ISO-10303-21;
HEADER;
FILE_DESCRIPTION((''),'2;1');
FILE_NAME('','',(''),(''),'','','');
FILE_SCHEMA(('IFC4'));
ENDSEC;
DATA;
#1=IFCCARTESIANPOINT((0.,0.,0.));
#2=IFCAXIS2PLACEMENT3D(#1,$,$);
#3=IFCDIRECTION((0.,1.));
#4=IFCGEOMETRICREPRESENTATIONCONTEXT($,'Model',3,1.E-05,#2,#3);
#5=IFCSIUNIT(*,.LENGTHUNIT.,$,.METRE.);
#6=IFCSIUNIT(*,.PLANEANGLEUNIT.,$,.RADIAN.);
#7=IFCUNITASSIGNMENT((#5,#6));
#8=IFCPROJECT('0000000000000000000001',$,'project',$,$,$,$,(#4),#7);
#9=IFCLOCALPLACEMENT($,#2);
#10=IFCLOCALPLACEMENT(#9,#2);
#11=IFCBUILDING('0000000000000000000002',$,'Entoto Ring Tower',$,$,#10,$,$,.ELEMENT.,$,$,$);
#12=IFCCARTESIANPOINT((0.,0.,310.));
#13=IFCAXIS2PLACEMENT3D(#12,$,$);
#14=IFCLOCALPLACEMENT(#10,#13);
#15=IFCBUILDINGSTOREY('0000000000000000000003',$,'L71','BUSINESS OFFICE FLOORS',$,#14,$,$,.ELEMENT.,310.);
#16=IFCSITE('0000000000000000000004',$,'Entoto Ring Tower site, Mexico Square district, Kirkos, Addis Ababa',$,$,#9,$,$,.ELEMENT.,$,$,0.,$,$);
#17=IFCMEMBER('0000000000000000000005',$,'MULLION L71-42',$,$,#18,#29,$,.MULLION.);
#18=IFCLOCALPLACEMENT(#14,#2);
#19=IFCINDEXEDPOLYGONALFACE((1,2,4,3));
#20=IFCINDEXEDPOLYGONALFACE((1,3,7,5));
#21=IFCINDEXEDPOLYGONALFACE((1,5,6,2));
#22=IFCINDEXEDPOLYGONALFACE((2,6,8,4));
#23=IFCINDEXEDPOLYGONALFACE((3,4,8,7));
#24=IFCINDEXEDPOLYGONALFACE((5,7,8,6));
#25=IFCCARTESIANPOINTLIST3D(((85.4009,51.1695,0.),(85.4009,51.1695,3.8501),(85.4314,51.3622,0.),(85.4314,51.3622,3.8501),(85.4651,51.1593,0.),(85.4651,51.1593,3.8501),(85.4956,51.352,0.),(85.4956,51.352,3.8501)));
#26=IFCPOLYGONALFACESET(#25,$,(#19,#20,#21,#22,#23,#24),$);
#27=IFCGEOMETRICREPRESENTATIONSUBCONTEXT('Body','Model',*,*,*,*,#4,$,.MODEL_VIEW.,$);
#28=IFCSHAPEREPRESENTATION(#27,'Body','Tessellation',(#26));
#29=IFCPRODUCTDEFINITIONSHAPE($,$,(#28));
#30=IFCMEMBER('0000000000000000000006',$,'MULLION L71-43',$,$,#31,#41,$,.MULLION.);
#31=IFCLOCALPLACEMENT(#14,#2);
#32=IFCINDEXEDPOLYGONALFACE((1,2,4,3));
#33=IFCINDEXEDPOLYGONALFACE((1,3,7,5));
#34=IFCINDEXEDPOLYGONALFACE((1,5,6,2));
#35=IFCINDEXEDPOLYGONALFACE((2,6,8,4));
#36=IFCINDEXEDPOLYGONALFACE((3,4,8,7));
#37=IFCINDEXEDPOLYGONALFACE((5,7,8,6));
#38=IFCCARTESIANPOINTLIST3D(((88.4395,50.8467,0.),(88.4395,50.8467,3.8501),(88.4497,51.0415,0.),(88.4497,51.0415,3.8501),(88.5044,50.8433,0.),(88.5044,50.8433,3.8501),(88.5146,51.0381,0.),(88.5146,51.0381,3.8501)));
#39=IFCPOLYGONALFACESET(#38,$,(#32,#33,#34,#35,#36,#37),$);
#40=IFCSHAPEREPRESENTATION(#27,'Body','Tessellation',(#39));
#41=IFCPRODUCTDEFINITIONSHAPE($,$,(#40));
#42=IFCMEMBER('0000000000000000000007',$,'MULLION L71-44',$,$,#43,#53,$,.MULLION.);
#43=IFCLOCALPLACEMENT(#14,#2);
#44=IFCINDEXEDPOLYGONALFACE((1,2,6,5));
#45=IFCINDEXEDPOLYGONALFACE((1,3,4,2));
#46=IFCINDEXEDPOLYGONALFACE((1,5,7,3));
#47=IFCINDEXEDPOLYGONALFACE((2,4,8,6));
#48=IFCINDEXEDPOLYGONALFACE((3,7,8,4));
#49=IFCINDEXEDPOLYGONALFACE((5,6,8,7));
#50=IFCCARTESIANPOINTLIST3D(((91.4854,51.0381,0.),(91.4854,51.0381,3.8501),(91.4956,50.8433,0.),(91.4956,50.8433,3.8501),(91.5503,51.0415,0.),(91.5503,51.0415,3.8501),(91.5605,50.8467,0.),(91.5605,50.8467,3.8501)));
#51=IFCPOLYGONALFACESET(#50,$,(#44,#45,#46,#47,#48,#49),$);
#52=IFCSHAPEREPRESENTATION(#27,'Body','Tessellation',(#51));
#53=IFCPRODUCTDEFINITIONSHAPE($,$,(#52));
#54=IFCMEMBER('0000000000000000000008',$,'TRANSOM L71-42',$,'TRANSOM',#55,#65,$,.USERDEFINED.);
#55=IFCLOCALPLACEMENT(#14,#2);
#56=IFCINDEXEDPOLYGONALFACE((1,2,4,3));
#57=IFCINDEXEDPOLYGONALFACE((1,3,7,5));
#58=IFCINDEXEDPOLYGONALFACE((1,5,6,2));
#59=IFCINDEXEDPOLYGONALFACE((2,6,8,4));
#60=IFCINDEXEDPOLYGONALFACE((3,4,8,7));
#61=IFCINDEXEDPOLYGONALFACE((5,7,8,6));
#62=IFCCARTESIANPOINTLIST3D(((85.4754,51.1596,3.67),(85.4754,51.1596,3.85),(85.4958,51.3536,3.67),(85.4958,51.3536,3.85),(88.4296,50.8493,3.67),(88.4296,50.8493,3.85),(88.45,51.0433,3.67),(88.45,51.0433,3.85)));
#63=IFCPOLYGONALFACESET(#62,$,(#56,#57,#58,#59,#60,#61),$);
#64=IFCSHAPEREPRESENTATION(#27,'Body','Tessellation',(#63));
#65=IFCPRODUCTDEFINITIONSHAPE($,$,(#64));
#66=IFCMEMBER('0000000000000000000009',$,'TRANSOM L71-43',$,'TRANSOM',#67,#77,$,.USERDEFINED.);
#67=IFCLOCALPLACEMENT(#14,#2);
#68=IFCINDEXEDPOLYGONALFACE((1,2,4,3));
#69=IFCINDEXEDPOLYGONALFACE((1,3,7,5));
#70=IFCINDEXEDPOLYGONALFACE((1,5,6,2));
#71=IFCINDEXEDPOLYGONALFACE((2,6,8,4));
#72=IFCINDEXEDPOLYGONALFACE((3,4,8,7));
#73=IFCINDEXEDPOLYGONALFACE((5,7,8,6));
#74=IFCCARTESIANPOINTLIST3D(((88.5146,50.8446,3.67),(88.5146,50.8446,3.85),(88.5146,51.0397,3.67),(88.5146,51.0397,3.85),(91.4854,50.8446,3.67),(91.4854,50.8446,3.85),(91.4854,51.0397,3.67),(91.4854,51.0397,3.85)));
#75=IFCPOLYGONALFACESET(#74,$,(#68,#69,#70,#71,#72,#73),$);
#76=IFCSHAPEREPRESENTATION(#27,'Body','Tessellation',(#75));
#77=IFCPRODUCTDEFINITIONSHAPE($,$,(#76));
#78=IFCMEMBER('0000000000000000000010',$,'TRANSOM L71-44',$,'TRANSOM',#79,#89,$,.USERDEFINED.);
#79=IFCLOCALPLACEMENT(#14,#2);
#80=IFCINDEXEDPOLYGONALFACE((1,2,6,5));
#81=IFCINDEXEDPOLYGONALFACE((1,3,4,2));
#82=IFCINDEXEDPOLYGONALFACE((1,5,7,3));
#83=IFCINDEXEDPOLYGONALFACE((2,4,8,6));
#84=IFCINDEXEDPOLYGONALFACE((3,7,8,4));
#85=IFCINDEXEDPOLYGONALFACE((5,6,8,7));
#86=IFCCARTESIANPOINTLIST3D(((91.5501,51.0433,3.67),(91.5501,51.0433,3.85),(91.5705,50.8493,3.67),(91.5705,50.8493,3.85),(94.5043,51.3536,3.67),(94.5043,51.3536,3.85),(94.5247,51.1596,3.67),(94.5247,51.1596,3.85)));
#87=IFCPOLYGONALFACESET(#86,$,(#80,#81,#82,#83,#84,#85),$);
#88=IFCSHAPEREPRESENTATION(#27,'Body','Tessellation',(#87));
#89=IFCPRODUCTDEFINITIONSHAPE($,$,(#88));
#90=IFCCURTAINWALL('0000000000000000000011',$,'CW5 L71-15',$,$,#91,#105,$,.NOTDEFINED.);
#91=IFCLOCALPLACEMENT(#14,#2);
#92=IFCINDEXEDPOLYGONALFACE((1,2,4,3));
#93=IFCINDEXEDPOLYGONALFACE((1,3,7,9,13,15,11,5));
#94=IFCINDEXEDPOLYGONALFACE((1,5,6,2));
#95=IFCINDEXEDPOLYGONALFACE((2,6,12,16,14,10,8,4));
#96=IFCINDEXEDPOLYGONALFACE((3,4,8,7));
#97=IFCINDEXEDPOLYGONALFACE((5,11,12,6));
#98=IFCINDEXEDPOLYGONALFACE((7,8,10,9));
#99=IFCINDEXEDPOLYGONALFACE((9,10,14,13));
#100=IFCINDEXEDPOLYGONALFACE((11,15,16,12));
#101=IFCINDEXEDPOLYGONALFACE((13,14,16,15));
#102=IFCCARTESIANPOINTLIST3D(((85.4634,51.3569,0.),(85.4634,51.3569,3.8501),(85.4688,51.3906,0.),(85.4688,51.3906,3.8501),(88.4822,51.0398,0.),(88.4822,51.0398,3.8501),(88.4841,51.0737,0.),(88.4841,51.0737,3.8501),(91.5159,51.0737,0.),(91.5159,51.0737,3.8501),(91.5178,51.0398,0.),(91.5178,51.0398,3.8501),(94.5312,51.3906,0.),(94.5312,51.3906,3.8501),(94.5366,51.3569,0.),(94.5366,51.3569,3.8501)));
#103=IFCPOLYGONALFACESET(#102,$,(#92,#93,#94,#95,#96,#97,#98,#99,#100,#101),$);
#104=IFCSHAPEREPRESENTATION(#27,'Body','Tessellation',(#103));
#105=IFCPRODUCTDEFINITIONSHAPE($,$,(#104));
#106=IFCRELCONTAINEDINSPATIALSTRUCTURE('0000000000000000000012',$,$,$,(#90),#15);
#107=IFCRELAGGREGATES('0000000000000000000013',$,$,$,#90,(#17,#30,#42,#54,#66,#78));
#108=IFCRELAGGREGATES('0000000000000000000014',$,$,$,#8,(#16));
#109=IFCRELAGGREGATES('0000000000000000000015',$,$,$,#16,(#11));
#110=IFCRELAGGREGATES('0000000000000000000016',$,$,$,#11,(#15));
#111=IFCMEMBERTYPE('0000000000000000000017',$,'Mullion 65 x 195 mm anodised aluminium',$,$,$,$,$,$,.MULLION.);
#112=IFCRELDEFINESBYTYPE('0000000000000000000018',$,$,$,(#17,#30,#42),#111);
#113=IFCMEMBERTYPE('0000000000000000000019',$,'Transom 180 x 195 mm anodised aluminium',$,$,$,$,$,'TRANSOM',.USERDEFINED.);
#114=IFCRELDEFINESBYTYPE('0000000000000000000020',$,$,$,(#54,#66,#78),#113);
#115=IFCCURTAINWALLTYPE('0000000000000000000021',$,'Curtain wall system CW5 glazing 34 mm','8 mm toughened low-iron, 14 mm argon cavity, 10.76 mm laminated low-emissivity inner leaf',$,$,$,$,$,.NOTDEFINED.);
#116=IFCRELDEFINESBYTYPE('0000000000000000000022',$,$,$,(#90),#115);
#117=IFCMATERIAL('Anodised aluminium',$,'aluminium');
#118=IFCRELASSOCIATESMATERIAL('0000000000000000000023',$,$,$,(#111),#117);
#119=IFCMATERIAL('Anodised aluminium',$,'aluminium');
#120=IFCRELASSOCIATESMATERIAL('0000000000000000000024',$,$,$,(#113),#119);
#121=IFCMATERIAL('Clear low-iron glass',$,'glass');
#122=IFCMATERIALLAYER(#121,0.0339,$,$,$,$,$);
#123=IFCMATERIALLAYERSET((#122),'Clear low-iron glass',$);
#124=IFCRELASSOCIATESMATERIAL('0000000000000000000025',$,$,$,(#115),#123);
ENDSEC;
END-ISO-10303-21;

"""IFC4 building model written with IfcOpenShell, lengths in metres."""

from ifc_helpers import new_model, si_unit, direction, frame, origin, origin_2d, place, context, subcontext, project, spatial, polyline, rectangle, outline, extrude, material, layer, layer_set, material_profile, profile_set, type_object, element, aggregate, save


model = new_model("IFC4")

# Units and contexts
model_context = context("Model", 3, precision=1e-05, world=origin(), true_north=direction((0.0, 1.0)))
body_context = subcontext(model_context, "Body", "Model", "MODEL_VIEW")
ifc_project = project(units=[si_unit("LENGTHUNIT", "METRE"), si_unit("PLANEANGLEUNIT", "RADIAN")], contexts=[model_context])

# Members
ifc_material_1 = material(Name="Anodised aluminium", Category="aluminium")
ifc_material_profile_1 = material_profile(ifc_material_1, rectangle(XDim=0.0649, YDim=0.1951, at=origin_2d()), Name="Mullion 65 x 195 mm anodised aluminium")
ifc_profile_set_1 = profile_set([ifc_material_profile_1], Name="Anodised aluminium")
member_type_1 = type_object("IfcMemberType", Name="Mullion 65 x 195 mm anodised aluminium", PredefinedType="MULLION", material=ifc_profile_set_1)
site_placement = place(None, origin())
building_placement = place(site_placement, origin())
storey_placement = place(building_placement, frame((0.0, 0.0, 310.0)))
member_1_placement = place(storey_placement, frame((85.4482, 51.2607, 0.0), z_axis=(0.0, 0.0, 1.0), x_axis=(0.987688, -0.156434, 0.0)))
member_1 = element("IfcMember", 1, at=member_1_placement, type_object=member_type_1, Name="MULLION L71-42", PredefinedType="MULLION", context=body_context, shape_type="SweptSolid", body=[
    extrude(rectangle(XDim=0.0649, YDim=0.1951, at=origin_2d()), origin(), (0.0, 0.0, 1.0), 3.8501),
])
member_2_placement = place(storey_placement, frame((88.4771, 50.9424, 0.0), z_axis=(0.0, 0.0, 1.0), x_axis=(0.99863, -0.052336, 0.0)))
member_2 = element("IfcMember", 2, at=member_2_placement, type_object=member_type_1, Name="MULLION L71-43", PredefinedType="MULLION", context=body_context, shape_type="SweptSolid", body=[
    extrude(rectangle(XDim=0.0649, YDim=0.1951, at=origin_2d()), origin(), (0.0, 0.0, 1.0), 3.8501),
])
member_3_placement = place(storey_placement, frame((91.5229, 50.9424, 0.0), z_axis=(0.0, 0.0, 1.0), x_axis=(0.99863, 0.052336, 0.0)))
member_3 = element("IfcMember", 3, at=member_3_placement, type_object=member_type_1, Name="MULLION L71-44", PredefinedType="MULLION", context=body_context, shape_type="SweptSolid", body=[
    extrude(rectangle(XDim=0.0649, YDim=0.1951, at=origin_2d()), origin(), (0.0, 0.0, 1.0), 3.8501),
])
ifc_material_2 = material(Name="Anodised aluminium", Category="aluminium")
ifc_material_profile_2 = material_profile(ifc_material_2, rectangle(XDim=0.1951, YDim=0.1799, at=origin_2d()), Name="Transom 180 x 195 mm anodised aluminium")
ifc_profile_set_2 = profile_set([ifc_material_profile_2], Name="Anodised aluminium")
member_type_2 = type_object("IfcMemberType", Name="Transom 180 x 195 mm anodised aluminium", ElementType="TRANSOM", PredefinedType="USERDEFINED", material=ifc_profile_set_2)
member_4_placement = place(storey_placement, frame((85.4856, 51.2566, 3.76), z_axis=(0.994528, -0.104467, 0.0), x_axis=(0.104467, 0.994528, 0.0)))
member_4 = element("IfcMember", 4, at=member_4_placement, type_object=member_type_2, Name="TRANSOM L71-42", ObjectType="TRANSOM", PredefinedType="USERDEFINED", context=body_context, shape_type="SweptSolid", body=[
    extrude(rectangle(XDim=0.1951, YDim=0.1799, at=origin_2d()), origin(), (0.0, 0.0, 1.0), 2.9705),
])
member_5_placement = place(storey_placement, frame((88.5146, 50.9421, 3.76), z_axis=(1.0, 0.0, 0.0), x_axis=(0.0, 1.0, 0.0)))
member_5 = element("IfcMember", 5, at=member_5_placement, type_object=member_type_2, Name="TRANSOM L71-43", ObjectType="TRANSOM", PredefinedType="USERDEFINED", context=body_context, shape_type="SweptSolid", body=[
    extrude(rectangle(XDim=0.1951, YDim=0.1799, at=origin_2d()), origin(), (0.0, 0.0, 1.0), 2.9707),
])
member_6_placement = place(storey_placement, frame((91.5603, 50.9463, 3.76), z_axis=(0.994528, 0.104467, 0.0), x_axis=(-0.104467, 0.994528, 0.0)))
member_6 = element("IfcMember", 6, at=member_6_placement, type_object=member_type_2, Name="TRANSOM L71-44", ObjectType="TRANSOM", PredefinedType="USERDEFINED", context=body_context, shape_type="SweptSolid", body=[
    extrude(rectangle(XDim=0.1951, YDim=0.1799, at=origin_2d()), origin(), (0.0, 0.0, 1.0), 2.9705),
])

# Site, building, storey
site = spatial("IfcSite", under=ifc_project, at=site_placement, Name="Entoto Ring Tower site, Mexico Square district, Kirkos, Addis Ababa", CompositionType="ELEMENT", RefElevation=0.0)
building = spatial("IfcBuilding", under=site, at=building_placement, Name="Entoto Ring Tower", CompositionType="ELEMENT")
storey = spatial("IfcBuildingStorey", under=building, at=storey_placement, Name="L71", Description="BUSINESS OFFICE FLOORS", CompositionType="ELEMENT", Elevation=310.0)

# Curtain wall
ifc_material_3 = material(Name="Clear low-iron glass", Category="glass")
ifc_layer_1 = layer(ifc_material_3, 0.0339)
ifc_layer_set_1 = layer_set([ifc_layer_1], Name="Clear low-iron glass")
curtain_wall_type = type_object("IfcCurtainWallType", Name="Curtain wall system CW5 glazing 34 mm", Description="8 mm toughened low-iron, 14 mm argon cavity, 10.76 mm laminated low-emissivity inner leaf", PredefinedType="NOTDEFINED", material=ifc_layer_set_1)
curtain_wall_1_placement = place(storey_placement, origin())
curtain_wall_1 = element("IfcCurtainWall", 7, at=curtain_wall_1_placement, inside=storey, type_object=curtain_wall_type, Name="CW5 L71-15", PredefinedType="NOTDEFINED", context=body_context, shape_type="SweptSolid", body=[
    extrude(outline(polyline([(85.4634, 51.3569), (88.4822, 51.0398), (91.5178, 51.0398), (94.5366, 51.3569), (94.5312, 51.3906), (91.5159, 51.0737), (88.4841, 51.0737), (85.4688, 51.3906), (85.4634, 51.3569)])), origin(), (0.0, 0.0, 1.0), 3.8501),
])
aggregate(curtain_wall_1, [member_1, member_2, member_3, member_4, member_5, member_6])

save(model, "model.ifc")
